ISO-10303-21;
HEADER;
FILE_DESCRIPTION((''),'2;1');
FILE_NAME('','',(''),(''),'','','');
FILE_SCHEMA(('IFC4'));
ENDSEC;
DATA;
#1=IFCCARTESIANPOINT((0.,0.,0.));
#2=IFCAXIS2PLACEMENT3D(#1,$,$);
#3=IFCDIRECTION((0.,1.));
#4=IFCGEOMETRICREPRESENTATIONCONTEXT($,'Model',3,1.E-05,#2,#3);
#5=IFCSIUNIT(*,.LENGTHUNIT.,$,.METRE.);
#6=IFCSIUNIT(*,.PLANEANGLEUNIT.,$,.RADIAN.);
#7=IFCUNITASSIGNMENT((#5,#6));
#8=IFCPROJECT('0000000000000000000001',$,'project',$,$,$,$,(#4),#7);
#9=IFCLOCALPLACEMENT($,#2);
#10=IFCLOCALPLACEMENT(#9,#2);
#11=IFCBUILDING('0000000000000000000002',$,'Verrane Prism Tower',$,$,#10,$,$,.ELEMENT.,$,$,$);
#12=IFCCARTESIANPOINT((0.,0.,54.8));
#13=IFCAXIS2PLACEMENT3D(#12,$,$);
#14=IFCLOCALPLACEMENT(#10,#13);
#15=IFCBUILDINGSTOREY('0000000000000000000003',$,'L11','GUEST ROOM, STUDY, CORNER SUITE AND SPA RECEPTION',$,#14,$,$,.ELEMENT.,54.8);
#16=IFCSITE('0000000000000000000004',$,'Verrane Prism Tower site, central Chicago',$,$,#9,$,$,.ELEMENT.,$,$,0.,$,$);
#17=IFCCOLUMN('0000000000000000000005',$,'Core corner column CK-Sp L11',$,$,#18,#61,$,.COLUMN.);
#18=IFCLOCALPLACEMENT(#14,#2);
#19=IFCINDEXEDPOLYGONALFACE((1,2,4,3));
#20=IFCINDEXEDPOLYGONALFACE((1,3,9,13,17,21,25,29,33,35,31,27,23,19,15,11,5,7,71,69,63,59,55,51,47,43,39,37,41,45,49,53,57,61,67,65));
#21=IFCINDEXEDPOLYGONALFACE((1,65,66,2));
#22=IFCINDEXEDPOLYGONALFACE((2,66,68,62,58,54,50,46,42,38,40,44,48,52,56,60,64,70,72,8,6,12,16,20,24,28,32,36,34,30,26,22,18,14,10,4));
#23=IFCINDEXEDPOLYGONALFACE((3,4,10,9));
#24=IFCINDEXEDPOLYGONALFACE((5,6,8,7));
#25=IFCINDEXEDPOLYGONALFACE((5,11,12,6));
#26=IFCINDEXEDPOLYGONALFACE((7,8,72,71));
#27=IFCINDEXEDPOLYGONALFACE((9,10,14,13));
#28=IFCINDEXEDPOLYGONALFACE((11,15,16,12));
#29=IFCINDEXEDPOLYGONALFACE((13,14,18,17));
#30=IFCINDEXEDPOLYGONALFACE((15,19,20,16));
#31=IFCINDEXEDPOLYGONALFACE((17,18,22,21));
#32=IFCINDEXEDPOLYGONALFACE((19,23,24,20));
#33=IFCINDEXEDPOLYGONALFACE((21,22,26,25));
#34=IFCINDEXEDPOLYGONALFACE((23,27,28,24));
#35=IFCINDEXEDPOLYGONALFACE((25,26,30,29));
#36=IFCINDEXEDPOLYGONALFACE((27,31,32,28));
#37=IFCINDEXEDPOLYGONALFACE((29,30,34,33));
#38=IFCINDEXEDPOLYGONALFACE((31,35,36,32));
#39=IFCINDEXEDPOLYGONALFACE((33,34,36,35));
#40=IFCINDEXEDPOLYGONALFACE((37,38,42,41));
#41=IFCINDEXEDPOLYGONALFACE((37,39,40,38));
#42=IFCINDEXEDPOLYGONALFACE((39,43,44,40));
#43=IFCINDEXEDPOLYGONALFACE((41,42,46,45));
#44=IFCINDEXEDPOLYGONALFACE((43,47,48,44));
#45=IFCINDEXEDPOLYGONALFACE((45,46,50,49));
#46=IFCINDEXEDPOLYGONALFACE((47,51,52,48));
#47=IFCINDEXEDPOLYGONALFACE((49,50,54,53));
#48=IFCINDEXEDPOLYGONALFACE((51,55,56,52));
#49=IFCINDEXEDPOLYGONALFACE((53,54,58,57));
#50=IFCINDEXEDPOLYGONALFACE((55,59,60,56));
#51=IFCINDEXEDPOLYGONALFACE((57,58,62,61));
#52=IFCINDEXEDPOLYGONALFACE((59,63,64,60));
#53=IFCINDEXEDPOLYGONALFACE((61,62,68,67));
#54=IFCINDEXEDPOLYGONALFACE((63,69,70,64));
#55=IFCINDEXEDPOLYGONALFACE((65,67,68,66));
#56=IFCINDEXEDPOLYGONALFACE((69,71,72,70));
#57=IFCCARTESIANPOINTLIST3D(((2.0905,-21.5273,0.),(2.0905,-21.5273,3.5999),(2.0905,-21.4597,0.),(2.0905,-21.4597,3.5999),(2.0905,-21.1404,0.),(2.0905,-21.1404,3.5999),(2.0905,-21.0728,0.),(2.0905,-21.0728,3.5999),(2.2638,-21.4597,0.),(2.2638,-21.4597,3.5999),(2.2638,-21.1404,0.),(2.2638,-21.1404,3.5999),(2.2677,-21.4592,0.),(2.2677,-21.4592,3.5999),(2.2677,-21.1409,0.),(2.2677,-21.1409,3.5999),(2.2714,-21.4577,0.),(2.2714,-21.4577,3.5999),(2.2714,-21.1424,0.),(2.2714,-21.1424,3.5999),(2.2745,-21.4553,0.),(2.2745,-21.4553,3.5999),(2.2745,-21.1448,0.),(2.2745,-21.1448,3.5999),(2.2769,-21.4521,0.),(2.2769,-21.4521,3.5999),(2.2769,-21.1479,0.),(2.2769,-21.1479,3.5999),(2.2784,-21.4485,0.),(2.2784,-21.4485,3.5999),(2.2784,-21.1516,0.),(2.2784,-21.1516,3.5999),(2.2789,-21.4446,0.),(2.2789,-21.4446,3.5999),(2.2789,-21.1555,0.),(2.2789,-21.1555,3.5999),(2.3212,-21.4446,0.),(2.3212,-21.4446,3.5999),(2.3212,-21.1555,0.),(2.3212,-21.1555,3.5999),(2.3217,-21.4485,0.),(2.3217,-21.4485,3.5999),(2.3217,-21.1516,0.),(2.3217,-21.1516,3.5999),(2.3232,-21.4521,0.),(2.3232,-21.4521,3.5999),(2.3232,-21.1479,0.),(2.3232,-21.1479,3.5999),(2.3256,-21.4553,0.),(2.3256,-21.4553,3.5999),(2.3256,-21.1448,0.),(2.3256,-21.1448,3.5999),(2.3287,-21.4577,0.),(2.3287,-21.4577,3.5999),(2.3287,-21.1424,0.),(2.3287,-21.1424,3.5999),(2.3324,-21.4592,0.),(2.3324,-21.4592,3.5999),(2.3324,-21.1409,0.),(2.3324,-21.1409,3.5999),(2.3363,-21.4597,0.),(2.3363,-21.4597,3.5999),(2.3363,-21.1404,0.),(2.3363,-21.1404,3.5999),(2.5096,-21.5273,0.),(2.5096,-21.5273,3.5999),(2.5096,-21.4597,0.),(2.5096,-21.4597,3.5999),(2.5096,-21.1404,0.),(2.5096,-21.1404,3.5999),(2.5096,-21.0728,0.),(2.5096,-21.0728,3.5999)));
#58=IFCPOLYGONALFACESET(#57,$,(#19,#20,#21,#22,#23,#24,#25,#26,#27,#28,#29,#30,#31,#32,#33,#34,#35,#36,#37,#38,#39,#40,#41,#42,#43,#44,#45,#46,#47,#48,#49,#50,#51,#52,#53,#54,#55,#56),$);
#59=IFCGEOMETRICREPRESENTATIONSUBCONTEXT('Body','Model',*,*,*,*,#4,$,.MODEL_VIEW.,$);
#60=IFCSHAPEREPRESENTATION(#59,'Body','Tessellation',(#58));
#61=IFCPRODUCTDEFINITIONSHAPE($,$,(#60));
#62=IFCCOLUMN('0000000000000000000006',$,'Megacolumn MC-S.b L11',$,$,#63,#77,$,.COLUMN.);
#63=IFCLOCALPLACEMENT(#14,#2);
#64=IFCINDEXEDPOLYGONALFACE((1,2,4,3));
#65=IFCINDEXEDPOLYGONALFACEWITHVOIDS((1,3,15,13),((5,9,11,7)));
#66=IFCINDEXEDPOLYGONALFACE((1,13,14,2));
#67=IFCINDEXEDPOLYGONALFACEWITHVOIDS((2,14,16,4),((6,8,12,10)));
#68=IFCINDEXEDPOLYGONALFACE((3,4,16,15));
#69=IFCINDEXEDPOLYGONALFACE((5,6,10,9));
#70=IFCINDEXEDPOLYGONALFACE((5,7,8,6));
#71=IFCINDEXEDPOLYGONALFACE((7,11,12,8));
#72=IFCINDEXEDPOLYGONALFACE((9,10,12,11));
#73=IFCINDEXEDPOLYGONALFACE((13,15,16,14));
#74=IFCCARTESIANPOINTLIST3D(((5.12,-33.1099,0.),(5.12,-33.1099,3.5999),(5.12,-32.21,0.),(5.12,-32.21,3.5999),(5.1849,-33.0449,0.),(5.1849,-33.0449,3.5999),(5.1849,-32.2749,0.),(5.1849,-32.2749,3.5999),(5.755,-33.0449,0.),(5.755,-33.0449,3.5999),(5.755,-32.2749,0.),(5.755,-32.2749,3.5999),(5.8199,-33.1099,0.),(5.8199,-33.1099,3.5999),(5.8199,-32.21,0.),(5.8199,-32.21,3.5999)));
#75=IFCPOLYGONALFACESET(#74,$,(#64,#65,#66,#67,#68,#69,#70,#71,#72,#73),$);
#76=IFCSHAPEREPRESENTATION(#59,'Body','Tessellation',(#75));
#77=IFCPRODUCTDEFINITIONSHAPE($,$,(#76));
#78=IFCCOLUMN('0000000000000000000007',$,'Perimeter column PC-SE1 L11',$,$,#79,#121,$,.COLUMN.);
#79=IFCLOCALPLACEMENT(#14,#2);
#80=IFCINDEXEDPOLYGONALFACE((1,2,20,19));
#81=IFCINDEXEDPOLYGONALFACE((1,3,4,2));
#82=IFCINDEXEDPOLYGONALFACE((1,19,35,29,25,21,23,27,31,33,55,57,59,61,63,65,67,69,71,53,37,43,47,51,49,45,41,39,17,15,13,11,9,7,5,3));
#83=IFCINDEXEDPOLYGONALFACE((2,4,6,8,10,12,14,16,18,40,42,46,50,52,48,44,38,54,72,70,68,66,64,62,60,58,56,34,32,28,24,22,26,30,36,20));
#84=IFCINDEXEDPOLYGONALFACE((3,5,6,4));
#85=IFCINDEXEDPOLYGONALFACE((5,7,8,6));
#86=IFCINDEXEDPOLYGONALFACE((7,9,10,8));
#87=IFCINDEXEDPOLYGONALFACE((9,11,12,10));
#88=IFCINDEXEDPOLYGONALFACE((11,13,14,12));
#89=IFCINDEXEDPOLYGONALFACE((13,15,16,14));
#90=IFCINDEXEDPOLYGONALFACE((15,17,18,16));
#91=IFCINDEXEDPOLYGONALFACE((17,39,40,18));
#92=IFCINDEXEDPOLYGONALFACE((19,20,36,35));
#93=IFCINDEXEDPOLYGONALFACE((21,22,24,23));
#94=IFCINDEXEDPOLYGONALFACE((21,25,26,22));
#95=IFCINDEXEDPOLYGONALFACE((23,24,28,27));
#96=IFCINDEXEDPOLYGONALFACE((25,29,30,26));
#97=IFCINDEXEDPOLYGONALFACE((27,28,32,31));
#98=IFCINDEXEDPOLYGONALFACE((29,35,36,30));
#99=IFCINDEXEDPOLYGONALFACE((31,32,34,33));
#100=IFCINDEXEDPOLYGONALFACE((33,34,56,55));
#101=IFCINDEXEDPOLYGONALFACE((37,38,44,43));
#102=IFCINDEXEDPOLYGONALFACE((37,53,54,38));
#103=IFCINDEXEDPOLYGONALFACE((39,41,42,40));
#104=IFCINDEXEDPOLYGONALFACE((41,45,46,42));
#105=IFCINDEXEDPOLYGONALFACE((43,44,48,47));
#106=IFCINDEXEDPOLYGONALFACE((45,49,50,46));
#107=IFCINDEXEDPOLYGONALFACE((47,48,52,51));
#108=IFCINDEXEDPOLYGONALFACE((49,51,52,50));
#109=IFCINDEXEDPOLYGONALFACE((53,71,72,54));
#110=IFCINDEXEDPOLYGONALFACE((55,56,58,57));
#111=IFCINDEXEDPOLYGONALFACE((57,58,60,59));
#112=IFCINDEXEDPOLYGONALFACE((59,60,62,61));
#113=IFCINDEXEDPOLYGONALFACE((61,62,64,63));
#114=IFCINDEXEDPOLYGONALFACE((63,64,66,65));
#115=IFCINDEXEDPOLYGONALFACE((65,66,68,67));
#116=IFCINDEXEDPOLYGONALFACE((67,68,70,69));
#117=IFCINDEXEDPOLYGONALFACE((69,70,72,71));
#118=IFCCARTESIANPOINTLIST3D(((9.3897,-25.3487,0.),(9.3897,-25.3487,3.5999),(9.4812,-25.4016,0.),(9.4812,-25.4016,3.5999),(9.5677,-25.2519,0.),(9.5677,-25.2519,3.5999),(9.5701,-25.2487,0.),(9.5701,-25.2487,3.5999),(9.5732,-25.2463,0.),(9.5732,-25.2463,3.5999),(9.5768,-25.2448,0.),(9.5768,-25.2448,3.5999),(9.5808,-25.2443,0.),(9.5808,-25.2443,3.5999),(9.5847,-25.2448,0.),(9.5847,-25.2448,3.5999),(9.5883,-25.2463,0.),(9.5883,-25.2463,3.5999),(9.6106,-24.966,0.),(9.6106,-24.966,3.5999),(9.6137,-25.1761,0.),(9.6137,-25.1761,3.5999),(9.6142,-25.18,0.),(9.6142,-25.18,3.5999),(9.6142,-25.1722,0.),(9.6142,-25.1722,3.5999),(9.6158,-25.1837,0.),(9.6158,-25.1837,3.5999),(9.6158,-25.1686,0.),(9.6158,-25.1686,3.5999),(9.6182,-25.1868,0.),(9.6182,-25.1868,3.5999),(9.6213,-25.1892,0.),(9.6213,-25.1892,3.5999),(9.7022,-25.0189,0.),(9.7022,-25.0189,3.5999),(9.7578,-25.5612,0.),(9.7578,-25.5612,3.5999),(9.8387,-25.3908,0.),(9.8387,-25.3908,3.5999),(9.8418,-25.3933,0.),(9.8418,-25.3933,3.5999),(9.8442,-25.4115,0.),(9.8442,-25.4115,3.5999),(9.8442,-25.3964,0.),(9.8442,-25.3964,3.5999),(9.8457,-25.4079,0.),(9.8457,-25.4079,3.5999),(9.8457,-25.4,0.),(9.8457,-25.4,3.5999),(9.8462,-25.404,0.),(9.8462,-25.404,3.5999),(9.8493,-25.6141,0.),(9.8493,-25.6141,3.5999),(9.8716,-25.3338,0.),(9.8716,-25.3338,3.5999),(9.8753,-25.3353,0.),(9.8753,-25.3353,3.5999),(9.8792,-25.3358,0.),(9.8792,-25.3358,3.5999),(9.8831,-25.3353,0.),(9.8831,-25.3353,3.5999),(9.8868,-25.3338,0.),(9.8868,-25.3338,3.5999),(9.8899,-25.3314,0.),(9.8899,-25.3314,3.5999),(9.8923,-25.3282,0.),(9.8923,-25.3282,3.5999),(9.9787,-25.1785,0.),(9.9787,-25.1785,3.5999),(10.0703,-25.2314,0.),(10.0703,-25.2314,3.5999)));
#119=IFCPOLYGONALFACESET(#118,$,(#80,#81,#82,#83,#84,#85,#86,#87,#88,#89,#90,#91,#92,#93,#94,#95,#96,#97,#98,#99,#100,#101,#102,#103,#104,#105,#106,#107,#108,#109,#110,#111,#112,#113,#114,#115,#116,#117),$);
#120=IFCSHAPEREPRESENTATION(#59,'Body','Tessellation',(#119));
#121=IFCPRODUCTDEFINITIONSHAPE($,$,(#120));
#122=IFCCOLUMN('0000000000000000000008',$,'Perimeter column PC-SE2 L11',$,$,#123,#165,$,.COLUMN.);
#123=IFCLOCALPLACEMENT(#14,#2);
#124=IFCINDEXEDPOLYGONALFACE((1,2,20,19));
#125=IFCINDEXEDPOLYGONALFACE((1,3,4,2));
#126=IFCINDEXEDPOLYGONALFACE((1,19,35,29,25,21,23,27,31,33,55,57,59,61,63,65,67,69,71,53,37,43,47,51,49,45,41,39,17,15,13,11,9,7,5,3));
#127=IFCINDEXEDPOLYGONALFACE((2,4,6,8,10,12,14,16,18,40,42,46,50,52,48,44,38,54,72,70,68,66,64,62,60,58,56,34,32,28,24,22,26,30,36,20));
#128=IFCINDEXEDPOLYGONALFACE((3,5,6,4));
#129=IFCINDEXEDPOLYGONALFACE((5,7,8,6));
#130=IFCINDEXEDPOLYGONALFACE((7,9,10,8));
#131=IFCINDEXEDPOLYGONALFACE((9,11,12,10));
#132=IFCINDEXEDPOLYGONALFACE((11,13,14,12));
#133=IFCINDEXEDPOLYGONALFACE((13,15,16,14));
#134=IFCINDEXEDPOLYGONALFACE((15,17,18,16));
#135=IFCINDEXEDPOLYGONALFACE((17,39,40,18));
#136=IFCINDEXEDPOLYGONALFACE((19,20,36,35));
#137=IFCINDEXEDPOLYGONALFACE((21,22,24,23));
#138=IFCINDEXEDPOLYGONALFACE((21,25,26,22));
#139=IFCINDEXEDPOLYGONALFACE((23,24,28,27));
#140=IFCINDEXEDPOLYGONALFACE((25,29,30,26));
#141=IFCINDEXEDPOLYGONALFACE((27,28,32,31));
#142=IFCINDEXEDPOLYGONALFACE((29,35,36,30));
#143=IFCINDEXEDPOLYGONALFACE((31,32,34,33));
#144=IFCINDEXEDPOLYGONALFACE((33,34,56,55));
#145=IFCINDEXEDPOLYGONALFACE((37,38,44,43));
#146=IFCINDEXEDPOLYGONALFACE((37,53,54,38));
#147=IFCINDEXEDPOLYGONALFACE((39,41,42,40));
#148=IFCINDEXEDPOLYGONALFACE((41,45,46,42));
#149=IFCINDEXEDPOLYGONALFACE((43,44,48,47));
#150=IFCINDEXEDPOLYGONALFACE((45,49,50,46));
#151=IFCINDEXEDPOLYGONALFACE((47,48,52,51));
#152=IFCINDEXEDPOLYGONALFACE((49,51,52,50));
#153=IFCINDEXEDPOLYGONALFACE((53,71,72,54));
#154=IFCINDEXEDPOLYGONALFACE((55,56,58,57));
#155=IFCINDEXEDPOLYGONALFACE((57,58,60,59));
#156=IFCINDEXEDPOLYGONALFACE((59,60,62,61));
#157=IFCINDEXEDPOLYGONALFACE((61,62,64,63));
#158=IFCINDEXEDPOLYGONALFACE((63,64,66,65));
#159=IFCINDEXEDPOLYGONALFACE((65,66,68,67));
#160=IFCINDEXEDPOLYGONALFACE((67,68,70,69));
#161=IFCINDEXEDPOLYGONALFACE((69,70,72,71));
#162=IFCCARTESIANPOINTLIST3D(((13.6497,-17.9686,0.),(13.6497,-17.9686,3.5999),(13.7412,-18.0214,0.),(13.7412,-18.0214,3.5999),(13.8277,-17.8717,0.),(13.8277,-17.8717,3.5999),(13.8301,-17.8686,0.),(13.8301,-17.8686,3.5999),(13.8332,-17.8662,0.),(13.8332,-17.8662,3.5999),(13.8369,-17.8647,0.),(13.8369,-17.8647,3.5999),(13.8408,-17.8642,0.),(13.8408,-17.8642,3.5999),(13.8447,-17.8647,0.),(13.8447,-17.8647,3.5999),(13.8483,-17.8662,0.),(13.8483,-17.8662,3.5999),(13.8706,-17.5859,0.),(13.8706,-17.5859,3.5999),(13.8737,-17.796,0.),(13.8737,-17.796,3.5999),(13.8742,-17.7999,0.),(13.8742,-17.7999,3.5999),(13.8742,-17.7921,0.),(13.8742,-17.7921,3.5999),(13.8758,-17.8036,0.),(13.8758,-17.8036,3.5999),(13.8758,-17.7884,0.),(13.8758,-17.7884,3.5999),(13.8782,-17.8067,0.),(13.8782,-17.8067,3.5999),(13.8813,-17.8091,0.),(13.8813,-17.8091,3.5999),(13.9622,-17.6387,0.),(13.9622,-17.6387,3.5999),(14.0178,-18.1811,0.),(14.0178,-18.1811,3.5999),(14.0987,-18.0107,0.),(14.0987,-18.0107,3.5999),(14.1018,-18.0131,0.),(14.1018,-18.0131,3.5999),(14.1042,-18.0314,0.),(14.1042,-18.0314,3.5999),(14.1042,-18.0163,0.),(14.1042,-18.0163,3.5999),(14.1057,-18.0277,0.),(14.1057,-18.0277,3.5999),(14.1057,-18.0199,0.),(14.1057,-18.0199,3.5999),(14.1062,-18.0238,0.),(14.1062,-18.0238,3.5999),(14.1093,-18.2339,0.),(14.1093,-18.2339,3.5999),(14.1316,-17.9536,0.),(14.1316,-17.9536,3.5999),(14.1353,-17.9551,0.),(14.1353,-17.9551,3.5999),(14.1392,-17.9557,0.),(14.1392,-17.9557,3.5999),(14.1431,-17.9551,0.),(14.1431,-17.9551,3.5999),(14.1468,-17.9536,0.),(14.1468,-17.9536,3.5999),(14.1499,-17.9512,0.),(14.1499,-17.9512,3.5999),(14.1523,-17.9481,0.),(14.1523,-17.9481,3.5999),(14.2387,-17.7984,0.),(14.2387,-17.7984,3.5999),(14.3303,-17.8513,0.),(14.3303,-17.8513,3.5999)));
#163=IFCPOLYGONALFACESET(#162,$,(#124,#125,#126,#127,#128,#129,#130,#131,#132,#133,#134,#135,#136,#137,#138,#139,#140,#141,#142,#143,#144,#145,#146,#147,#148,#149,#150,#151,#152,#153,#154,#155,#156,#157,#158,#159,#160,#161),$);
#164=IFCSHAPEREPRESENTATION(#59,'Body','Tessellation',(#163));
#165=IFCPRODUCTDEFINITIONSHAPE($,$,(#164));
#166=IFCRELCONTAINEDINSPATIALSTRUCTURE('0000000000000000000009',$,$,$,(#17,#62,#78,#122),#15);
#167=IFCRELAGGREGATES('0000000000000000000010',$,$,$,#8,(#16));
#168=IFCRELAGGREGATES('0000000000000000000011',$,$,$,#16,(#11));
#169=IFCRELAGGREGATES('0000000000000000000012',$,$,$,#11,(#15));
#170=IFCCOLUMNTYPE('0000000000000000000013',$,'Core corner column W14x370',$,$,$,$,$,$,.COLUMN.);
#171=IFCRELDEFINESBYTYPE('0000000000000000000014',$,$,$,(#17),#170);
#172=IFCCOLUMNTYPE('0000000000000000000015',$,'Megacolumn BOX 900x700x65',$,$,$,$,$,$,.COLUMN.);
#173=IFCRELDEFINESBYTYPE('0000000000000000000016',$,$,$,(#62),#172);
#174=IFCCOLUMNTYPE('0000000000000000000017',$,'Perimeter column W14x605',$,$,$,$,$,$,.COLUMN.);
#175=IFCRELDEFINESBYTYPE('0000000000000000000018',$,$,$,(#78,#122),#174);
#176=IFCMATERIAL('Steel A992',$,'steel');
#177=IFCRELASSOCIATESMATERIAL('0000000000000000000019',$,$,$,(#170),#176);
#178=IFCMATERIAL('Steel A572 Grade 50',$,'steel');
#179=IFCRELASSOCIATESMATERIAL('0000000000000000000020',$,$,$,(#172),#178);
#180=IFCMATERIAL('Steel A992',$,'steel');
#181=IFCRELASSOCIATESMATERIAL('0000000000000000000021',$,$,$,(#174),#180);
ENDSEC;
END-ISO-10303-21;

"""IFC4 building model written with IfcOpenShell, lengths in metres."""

from ifc_helpers import new_model, si_unit, direction, frame, origin, origin_2d, place, context, subcontext, project, spatial, hollow_rectangle, i_section, extrude, material, material_profile, profile_set, type_object, element, save


model = new_model("IFC4")

# Units and contexts
model_context = context("Model", 3, precision=1e-05, world=origin(), true_north=direction((0.0, 1.0)))
body_context = subcontext(model_context, "Body", "Model", "MODEL_VIEW")
ifc_project = project(units=[si_unit("LENGTHUNIT", "METRE"), si_unit("PLANEANGLEUNIT", "RADIAN")], contexts=[model_context])

# Site, building, storey
site_placement = place(None, origin())
site = spatial("IfcSite", under=ifc_project, at=site_placement, Name="Verrane Prism Tower site, central Chicago", CompositionType="ELEMENT", RefElevation=0.0)
building_placement = place(site_placement, origin())
building = spatial("IfcBuilding", under=site, at=building_placement, Name="Verrane Prism Tower", CompositionType="ELEMENT")
storey_placement = place(building_placement, frame((0.0, 0.0, 54.8)))
storey = spatial("IfcBuildingStorey", under=building, at=storey_placement, Name="L11", Description="GUEST ROOM, STUDY, CORNER SUITE AND SPA RECEPTION", CompositionType="ELEMENT", Elevation=54.8)

# Columns
ifc_material_1 = material(Name="Steel A992", Category="steel")
ifc_material_profile_1 = material_profile(ifc_material_1, i_section(OverallWidth=0.4192, OverallDepth=0.4546, WebThickness=0.0422, FlangeThickness=0.0676, FilletRadius=0.0151, at=origin_2d()), Name="W14x370")
ifc_profile_set_1 = profile_set([ifc_material_profile_1], Name="Steel A992")
column_type_1 = type_object("IfcColumnType", Name="Core corner column W14x370", PredefinedType="COLUMN", material=ifc_profile_set_1)
column_1_placement = place(storey_placement, frame((2.3, -21.3, 0.0), z_axis=(0.0, 0.0, 1.0), x_axis=(-1.0, 0.0, 0.0)))
element("IfcColumn", 1, at=column_1_placement, inside=storey, type_object=column_type_1, Name="Core corner column CK-Sp L11", PredefinedType="COLUMN", context=body_context, shape_type="SweptSolid", body=[
    extrude(i_section(OverallWidth=0.4192, OverallDepth=0.4546, WebThickness=0.0422, FlangeThickness=0.0676, FilletRadius=0.0151, at=origin_2d()), origin(), (0.0, 0.0, 1.0), 3.5999),
])
ifc_material_2 = material(Name="Steel A572 Grade 50", Category="steel")
ifc_material_profile_2 = material_profile(ifc_material_2, hollow_rectangle(XDim=0.7, YDim=0.8999, WallThickness=0.0649, at=origin_2d()), Name="BOX 900x700x65")
ifc_profile_set_2 = profile_set([ifc_material_profile_2], Name="Steel A572 Grade 50")
column_type_2 = type_object("IfcColumnType", Name="Megacolumn BOX 900x700x65", PredefinedType="COLUMN", material=ifc_profile_set_2)
column_2_placement = place(storey_placement, frame((5.47, -32.6599, 0.0), z_axis=(0.0, 0.0, 1.0), x_axis=(-1.0, 0.0, 0.0)))
element("IfcColumn", 2, at=column_2_placement, inside=storey, type_object=column_type_2, Name="Megacolumn MC-S.b L11", PredefinedType="COLUMN", context=body_context, shape_type="SweptSolid", body=[
    extrude(hollow_rectangle(XDim=0.7, YDim=0.8999, WallThickness=0.0649, at=origin_2d()), origin(), (0.0, 0.0, 1.0), 3.5999),
])
ifc_material_3 = material(Name="Steel A992", Category="steel")
ifc_material_profile_3 = material_profile(ifc_material_3, i_section(OverallWidth=0.4419, OverallDepth=0.5308, WebThickness=0.0659, FlangeThickness=0.1057, FilletRadius=0.0151, at=origin_2d()), Name="W14x605")
ifc_profile_set_3 = profile_set([ifc_material_profile_3], Name="Steel A992")
column_type_3 = type_object("IfcColumnType", Name="Perimeter column W14x605", PredefinedType="COLUMN", material=ifc_profile_set_3)
for number, where, z_axis, x_axis, name in (
    (3, (9.73, -25.29, 0.0), (0.0, 0.0, 1.0), (-0.5, -0.866025, 0.0), "Perimeter column PC-SE1 L11"),
    (4, (13.99, -17.9099, 0.0), (0.0, 0.0, 1.0), (-0.5, -0.866025, 0.0), "Perimeter column PC-SE2 L11"),
):
    element("IfcColumn", number, at=place(storey_placement, frame(where, z_axis=z_axis, x_axis=x_axis)), inside=storey, type_object=column_type_3, Name=name, PredefinedType="COLUMN", context=body_context, shape_type="SweptSolid", body=[
        extrude(i_section(OverallWidth=0.4419, OverallDepth=0.5308, WebThickness=0.0659, FlangeThickness=0.1057, FilletRadius=0.0151, at=origin_2d()), origin(), (0.0, 0.0, 1.0), 3.5999),
    ])

save(model, "model.ifc")
